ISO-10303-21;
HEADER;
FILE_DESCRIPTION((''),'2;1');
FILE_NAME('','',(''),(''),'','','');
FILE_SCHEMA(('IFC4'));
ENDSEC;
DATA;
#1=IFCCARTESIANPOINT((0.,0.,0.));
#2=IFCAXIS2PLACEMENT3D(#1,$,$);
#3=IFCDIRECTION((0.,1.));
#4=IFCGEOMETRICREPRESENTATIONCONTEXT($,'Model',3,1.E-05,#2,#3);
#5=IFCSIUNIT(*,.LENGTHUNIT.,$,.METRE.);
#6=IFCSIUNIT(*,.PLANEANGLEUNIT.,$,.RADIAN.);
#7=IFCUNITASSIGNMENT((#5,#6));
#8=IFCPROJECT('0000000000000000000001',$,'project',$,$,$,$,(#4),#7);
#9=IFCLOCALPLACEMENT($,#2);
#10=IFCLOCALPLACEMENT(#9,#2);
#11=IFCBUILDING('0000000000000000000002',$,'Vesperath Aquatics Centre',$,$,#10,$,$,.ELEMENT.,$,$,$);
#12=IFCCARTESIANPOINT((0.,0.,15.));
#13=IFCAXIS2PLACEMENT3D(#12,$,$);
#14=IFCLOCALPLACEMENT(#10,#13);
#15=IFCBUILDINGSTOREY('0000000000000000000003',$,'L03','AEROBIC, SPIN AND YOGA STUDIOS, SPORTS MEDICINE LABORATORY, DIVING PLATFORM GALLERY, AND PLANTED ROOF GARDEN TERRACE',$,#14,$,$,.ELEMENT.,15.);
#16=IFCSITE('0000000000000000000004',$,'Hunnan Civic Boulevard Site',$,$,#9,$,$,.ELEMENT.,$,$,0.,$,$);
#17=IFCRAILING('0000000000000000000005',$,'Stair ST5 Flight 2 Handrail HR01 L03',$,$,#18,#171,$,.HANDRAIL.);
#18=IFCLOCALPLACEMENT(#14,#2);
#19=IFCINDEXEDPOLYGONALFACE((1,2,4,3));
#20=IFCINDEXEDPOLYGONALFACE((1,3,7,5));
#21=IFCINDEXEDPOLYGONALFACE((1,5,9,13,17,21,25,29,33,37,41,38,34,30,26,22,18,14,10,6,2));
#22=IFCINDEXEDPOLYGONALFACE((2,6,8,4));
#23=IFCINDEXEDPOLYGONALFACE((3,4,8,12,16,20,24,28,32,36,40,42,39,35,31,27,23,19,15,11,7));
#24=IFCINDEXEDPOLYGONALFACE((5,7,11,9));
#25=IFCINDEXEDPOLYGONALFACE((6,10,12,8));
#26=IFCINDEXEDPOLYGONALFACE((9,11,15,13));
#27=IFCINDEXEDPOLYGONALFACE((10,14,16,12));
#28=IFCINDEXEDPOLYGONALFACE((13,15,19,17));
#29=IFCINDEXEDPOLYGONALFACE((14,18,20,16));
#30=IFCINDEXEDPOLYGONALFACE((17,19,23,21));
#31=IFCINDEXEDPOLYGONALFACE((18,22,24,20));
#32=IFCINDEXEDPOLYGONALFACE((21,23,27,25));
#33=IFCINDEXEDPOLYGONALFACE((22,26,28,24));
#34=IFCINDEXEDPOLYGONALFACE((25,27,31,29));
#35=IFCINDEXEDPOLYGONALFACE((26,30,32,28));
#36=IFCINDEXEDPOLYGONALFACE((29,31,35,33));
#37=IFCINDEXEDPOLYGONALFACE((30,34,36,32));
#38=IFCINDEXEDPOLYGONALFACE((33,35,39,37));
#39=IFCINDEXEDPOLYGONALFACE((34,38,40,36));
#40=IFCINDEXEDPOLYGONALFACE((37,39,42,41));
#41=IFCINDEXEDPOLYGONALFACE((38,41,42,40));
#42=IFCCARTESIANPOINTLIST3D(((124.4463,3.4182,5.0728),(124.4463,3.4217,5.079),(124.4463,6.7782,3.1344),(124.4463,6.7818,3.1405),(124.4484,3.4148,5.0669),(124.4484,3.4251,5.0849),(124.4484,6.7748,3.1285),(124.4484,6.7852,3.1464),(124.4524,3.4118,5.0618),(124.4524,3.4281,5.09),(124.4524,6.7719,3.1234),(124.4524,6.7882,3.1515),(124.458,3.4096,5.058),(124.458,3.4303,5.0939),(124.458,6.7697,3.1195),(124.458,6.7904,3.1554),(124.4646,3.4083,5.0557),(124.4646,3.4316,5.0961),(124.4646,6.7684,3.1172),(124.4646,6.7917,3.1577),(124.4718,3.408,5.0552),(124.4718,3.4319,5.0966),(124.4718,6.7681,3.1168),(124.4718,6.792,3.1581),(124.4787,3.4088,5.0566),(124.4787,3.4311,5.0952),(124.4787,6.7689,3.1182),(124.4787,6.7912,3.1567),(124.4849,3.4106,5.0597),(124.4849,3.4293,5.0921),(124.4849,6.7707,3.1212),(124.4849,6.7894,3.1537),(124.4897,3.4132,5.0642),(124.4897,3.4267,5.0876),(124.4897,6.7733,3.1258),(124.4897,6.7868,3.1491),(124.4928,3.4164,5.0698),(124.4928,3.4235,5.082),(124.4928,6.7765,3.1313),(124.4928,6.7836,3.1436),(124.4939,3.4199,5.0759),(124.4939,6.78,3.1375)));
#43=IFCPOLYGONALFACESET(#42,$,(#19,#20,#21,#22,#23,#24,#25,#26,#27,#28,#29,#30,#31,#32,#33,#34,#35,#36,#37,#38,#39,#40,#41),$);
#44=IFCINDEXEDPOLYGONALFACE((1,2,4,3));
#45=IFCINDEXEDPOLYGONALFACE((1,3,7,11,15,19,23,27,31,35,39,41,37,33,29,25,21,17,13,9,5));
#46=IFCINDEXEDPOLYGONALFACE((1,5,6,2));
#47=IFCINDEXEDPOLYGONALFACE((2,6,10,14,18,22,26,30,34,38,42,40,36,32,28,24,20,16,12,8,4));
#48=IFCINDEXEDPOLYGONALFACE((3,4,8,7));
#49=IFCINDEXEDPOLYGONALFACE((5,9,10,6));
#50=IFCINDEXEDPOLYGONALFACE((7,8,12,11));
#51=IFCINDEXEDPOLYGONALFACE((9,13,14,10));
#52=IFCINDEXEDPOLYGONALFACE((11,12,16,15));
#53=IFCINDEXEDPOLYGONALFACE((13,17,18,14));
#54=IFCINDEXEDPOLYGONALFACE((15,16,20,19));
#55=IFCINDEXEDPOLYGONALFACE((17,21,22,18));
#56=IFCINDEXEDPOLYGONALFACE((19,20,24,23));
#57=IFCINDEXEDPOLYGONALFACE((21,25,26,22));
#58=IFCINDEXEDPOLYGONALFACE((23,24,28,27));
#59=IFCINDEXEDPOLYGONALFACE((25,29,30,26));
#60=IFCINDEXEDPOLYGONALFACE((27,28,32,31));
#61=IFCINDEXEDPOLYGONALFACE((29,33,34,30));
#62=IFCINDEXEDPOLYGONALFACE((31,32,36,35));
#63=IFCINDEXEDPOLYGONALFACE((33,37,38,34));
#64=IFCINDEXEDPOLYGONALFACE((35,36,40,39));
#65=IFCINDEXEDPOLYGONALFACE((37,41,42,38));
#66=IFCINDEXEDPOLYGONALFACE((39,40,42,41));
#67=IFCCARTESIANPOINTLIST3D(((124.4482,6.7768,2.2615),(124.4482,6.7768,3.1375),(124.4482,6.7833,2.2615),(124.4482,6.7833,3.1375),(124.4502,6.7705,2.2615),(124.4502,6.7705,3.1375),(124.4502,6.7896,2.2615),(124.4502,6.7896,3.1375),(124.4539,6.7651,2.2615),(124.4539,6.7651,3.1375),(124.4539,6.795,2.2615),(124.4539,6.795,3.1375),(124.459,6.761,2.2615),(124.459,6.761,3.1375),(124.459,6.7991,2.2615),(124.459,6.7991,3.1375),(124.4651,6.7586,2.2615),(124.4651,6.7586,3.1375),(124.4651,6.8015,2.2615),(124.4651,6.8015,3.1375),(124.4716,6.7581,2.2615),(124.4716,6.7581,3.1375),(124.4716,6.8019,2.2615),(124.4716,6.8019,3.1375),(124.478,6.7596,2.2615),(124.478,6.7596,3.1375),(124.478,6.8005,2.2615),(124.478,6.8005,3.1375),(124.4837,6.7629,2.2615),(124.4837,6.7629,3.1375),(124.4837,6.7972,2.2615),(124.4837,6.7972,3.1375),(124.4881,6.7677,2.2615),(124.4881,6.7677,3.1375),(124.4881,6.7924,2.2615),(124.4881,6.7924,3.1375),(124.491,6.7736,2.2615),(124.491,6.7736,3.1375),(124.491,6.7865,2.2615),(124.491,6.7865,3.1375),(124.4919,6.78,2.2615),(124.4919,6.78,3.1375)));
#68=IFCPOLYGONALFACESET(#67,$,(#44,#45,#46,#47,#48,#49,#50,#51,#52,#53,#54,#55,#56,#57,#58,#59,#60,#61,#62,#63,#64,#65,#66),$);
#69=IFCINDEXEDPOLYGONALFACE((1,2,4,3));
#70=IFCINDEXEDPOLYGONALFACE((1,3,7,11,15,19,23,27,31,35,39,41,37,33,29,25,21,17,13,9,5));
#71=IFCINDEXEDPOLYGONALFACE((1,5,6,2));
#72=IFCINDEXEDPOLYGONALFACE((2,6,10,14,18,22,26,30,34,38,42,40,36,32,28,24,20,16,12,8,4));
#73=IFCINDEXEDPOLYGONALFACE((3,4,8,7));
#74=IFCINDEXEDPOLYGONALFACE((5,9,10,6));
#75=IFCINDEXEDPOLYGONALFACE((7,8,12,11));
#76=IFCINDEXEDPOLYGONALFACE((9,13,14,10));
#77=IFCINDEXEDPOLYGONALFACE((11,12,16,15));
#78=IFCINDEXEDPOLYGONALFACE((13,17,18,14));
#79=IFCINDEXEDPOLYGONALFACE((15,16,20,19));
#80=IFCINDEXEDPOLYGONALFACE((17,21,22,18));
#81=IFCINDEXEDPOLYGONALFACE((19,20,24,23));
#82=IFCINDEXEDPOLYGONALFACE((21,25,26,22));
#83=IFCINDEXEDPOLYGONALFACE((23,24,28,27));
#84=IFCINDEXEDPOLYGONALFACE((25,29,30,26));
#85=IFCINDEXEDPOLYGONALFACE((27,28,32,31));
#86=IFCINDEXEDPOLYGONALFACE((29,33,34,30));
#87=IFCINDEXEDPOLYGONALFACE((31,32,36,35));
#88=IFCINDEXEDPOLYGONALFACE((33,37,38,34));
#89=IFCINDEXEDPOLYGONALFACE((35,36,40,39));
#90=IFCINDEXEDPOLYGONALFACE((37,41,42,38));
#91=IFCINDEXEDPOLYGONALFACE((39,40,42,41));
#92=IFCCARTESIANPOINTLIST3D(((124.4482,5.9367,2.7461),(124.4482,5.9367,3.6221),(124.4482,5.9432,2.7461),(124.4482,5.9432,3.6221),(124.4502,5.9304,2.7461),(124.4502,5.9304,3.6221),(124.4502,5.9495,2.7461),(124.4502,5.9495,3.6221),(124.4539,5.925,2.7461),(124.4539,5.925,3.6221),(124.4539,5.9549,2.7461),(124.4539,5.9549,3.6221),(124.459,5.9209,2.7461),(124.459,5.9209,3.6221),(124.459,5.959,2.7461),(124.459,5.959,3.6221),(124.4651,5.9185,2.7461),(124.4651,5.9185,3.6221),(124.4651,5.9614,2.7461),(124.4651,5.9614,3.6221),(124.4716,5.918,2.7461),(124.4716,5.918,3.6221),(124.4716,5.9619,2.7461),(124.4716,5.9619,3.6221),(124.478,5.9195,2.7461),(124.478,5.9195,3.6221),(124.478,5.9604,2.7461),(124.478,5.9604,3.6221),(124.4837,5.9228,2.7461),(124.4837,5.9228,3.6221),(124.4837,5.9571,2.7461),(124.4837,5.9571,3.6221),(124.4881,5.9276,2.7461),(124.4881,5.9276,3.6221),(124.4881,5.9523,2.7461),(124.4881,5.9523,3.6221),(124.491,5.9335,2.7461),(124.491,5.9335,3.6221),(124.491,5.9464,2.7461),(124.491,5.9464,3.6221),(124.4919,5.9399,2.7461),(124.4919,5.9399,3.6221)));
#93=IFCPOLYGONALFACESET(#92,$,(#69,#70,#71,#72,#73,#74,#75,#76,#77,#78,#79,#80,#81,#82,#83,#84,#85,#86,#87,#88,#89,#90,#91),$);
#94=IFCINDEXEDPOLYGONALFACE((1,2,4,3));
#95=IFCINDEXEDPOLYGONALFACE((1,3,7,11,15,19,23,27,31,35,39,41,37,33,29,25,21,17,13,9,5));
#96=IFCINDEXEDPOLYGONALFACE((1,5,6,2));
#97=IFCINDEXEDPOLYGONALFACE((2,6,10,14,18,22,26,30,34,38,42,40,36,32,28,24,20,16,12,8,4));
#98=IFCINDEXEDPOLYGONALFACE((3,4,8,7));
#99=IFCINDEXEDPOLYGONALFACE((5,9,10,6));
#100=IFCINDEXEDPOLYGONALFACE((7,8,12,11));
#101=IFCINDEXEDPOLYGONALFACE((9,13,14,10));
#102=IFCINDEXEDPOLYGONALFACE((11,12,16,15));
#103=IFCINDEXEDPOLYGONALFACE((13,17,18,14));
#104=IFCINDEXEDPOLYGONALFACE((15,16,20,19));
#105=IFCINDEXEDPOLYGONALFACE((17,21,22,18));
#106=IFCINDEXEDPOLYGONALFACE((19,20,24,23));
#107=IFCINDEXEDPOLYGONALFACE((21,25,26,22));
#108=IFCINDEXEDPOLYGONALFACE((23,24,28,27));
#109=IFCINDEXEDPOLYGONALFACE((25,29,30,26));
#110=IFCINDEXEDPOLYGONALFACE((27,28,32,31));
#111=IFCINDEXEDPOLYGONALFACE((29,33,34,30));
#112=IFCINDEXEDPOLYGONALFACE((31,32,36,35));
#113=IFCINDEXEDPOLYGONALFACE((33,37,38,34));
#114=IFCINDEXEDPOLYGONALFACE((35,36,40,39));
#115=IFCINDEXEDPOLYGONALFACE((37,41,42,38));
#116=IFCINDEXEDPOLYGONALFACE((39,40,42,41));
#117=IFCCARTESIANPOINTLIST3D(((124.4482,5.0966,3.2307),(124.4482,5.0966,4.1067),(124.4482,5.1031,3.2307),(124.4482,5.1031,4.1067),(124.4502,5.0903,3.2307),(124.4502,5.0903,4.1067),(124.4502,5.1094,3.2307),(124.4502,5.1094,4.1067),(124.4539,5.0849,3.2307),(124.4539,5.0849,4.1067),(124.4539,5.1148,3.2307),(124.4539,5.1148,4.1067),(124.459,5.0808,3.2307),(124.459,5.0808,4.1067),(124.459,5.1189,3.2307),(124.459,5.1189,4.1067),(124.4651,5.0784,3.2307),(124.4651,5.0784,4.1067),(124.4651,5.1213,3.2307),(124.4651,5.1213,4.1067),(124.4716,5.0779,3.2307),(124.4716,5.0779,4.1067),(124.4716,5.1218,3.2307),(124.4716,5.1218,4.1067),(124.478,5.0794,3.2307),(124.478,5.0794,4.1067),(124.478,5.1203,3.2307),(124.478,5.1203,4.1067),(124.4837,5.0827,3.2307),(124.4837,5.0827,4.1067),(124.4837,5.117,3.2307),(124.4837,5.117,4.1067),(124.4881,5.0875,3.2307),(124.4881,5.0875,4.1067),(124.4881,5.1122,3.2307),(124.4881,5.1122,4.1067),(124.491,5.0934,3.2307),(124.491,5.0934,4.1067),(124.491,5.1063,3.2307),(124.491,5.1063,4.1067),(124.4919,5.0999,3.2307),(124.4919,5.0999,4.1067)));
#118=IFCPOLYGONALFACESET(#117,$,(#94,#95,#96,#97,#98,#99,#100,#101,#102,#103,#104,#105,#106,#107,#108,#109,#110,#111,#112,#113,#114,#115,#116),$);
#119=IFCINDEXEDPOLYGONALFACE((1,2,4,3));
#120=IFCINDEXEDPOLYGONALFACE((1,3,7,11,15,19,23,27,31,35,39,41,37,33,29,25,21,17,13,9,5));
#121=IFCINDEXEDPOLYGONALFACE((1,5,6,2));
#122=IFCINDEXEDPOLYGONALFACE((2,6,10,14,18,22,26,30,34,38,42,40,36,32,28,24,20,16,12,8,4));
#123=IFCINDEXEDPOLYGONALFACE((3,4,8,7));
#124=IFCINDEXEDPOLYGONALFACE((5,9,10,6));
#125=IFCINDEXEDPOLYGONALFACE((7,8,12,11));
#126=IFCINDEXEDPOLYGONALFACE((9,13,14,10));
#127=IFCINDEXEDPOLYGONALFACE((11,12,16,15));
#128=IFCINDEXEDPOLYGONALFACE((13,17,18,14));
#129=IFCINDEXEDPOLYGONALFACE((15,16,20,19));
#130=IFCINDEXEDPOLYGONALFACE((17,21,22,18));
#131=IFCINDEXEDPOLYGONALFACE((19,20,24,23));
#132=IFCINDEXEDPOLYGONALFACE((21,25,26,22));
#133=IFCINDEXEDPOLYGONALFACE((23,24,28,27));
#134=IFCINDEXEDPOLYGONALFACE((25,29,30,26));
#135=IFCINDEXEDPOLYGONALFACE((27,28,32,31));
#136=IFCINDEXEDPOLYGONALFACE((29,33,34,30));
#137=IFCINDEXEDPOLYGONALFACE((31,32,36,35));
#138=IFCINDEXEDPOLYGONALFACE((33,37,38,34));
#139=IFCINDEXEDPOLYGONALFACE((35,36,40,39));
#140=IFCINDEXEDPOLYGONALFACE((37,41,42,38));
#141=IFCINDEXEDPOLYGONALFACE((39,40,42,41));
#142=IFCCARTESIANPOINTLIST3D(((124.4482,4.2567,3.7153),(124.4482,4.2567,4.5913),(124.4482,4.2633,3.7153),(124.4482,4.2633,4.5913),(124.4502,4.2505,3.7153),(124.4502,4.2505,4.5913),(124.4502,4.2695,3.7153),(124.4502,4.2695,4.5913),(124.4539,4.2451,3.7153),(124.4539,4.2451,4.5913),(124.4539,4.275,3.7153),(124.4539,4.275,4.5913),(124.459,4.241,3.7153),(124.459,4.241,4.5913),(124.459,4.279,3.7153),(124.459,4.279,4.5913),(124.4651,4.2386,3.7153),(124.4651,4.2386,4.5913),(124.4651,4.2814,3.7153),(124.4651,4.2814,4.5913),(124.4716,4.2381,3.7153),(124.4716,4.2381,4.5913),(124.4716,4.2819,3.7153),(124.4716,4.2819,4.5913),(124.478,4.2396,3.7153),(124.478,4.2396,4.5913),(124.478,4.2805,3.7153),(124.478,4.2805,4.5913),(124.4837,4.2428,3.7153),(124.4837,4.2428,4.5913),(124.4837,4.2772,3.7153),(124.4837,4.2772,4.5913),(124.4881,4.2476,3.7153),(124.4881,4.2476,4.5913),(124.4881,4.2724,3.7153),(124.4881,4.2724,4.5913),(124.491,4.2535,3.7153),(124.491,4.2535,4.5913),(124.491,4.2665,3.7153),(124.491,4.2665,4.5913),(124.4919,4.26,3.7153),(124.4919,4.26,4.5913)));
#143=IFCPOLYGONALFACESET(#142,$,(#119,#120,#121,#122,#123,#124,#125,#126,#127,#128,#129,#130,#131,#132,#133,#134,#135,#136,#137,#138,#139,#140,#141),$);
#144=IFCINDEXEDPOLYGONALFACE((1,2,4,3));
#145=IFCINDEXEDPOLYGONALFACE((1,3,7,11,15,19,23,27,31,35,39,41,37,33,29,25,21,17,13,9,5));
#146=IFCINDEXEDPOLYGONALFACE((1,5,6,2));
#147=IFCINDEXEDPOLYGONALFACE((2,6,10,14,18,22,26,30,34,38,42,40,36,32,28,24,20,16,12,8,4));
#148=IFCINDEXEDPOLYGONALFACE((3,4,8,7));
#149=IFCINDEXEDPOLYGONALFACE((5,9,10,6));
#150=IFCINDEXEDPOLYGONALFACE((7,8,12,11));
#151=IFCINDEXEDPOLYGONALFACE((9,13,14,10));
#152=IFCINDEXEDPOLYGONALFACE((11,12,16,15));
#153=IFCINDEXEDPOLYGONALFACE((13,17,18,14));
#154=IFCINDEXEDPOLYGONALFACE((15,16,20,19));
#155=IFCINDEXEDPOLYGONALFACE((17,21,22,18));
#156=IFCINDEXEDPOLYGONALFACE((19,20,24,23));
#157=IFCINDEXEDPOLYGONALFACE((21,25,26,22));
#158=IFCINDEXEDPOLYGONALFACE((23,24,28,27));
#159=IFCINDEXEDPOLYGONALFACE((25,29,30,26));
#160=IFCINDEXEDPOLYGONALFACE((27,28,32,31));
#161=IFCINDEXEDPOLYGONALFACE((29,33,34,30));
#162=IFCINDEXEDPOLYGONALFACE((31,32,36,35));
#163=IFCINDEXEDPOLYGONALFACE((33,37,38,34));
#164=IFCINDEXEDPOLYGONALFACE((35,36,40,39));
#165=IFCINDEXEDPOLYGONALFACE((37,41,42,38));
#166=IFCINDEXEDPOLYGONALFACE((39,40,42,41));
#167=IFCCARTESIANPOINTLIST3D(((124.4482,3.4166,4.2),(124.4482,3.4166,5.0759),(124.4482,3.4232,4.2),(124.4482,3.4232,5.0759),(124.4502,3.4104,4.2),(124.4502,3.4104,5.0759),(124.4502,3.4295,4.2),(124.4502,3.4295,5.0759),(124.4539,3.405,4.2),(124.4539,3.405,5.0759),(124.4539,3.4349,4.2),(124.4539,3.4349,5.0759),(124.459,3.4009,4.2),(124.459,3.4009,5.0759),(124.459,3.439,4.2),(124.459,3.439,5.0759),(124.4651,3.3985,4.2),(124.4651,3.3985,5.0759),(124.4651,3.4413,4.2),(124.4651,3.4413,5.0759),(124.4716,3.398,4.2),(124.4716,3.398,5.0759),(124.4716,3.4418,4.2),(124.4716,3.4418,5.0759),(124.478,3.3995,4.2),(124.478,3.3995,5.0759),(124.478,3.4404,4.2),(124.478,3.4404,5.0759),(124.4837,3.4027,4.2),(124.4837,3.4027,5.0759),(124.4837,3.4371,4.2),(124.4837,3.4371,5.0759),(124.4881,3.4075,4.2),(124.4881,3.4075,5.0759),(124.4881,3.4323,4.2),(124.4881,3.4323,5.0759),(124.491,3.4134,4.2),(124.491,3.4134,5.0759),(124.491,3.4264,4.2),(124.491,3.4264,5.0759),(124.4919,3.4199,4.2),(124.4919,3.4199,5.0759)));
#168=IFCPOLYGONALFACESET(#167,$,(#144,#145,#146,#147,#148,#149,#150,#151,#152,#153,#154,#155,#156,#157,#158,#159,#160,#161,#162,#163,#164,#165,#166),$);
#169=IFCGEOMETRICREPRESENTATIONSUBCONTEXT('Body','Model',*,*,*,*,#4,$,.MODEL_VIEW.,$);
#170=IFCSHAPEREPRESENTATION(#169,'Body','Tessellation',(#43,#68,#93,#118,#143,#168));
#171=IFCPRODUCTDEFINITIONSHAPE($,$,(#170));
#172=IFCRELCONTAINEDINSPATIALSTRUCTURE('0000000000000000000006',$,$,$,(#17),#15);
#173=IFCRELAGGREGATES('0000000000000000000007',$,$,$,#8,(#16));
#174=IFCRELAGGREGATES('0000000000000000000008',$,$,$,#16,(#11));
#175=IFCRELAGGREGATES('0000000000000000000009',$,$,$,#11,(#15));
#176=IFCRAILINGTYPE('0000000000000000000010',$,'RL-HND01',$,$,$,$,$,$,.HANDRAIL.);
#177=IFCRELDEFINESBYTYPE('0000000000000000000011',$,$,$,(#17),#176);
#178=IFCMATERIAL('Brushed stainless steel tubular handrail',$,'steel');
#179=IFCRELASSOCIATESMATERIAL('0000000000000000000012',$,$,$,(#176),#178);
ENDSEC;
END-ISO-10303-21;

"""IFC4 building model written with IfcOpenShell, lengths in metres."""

from ifc_helpers import new_model, si_unit, direction, frame, origin, origin_2d, place, context, subcontext, project, spatial, circle, extrude, material, type_object, element, save


model = new_model("IFC4")

# Units and contexts
model_context = context("Model", 3, precision=1e-05, world=origin(), true_north=direction((0.0, 1.0)))
body_context = subcontext(model_context, "Body", "Model", "MODEL_VIEW")
ifc_project = project(units=[si_unit("LENGTHUNIT", "METRE"), si_unit("PLANEANGLEUNIT", "RADIAN")], contexts=[model_context])

# Site, building, storey
site_placement = place(None, origin())
site = spatial("IfcSite", under=ifc_project, at=site_placement, Name="Hunnan Civic Boulevard Site", CompositionType="ELEMENT", RefElevation=0.0)
building_placement = place(site_placement, origin())
building = spatial("IfcBuilding", under=site, at=building_placement, Name="Vesperath Aquatics Centre", CompositionType="ELEMENT")
storey_placement = place(building_placement, frame((0.0, 0.0, 15.0)))
storey = spatial("IfcBuildingStorey", under=building, at=storey_placement, Name="L03", Description="AEROBIC, SPIN AND YOGA STUDIOS, SPORTS MEDICINE LABORATORY, DIVING PLATFORM GALLERY, AND PLANTED ROOF GARDEN TERRACE", CompositionType="ELEMENT", Elevation=15.0)

# Railing
ifc_material_1 = material(Name="Brushed stainless steel tubular handrail", Category="steel")
railing_type_1 = type_object("IfcRailingType", Name="RL-HND01", PredefinedType="HANDRAIL", material=ifc_material_1)
railing_1_placement = place(storey_placement, frame((124.47, 6.78, 2.2615)))
element("IfcRailing", 1, at=railing_1_placement, inside=storey, type_object=railing_type_1, Name="Stair ST5 Flight 2 Handrail HR01 L03", PredefinedType="HANDRAIL", context=body_context, shape_type="SweptSolid", body=[
    extrude(circle(Radius=0.0239, at=origin_2d()), frame((0.0, 0.0, 0.876), z_axis=(0.0, -0.866191, 0.499713), x_axis=(1.0, 0.0, 0.0)), (0.0, 0.0, 1.0), 3.8792),
    extrude(circle(Radius=0.022, at=origin_2d()), origin(), (0.0, 0.0, 1.0), 0.876),
    extrude(circle(Radius=0.022, at=origin_2d()), frame((0.0, -0.8401, 0.4846)), (0.0, 0.0, 1.0), 0.876),
    extrude(circle(Radius=0.022, at=origin_2d()), frame((0.0, -1.6802, 0.9692)), (0.0, 0.0, 1.0), 0.876),
    extrude(circle(Radius=0.022, at=origin_2d()), frame((0.0, -2.52, 1.4539)), (0.0, 0.0, 1.0), 0.876),
    extrude(circle(Radius=0.022, at=origin_2d()), frame((0.0, -3.3601, 1.9385)), (0.0, 0.0, 1.0), 0.876),
])

save(model, "model.ifc")
